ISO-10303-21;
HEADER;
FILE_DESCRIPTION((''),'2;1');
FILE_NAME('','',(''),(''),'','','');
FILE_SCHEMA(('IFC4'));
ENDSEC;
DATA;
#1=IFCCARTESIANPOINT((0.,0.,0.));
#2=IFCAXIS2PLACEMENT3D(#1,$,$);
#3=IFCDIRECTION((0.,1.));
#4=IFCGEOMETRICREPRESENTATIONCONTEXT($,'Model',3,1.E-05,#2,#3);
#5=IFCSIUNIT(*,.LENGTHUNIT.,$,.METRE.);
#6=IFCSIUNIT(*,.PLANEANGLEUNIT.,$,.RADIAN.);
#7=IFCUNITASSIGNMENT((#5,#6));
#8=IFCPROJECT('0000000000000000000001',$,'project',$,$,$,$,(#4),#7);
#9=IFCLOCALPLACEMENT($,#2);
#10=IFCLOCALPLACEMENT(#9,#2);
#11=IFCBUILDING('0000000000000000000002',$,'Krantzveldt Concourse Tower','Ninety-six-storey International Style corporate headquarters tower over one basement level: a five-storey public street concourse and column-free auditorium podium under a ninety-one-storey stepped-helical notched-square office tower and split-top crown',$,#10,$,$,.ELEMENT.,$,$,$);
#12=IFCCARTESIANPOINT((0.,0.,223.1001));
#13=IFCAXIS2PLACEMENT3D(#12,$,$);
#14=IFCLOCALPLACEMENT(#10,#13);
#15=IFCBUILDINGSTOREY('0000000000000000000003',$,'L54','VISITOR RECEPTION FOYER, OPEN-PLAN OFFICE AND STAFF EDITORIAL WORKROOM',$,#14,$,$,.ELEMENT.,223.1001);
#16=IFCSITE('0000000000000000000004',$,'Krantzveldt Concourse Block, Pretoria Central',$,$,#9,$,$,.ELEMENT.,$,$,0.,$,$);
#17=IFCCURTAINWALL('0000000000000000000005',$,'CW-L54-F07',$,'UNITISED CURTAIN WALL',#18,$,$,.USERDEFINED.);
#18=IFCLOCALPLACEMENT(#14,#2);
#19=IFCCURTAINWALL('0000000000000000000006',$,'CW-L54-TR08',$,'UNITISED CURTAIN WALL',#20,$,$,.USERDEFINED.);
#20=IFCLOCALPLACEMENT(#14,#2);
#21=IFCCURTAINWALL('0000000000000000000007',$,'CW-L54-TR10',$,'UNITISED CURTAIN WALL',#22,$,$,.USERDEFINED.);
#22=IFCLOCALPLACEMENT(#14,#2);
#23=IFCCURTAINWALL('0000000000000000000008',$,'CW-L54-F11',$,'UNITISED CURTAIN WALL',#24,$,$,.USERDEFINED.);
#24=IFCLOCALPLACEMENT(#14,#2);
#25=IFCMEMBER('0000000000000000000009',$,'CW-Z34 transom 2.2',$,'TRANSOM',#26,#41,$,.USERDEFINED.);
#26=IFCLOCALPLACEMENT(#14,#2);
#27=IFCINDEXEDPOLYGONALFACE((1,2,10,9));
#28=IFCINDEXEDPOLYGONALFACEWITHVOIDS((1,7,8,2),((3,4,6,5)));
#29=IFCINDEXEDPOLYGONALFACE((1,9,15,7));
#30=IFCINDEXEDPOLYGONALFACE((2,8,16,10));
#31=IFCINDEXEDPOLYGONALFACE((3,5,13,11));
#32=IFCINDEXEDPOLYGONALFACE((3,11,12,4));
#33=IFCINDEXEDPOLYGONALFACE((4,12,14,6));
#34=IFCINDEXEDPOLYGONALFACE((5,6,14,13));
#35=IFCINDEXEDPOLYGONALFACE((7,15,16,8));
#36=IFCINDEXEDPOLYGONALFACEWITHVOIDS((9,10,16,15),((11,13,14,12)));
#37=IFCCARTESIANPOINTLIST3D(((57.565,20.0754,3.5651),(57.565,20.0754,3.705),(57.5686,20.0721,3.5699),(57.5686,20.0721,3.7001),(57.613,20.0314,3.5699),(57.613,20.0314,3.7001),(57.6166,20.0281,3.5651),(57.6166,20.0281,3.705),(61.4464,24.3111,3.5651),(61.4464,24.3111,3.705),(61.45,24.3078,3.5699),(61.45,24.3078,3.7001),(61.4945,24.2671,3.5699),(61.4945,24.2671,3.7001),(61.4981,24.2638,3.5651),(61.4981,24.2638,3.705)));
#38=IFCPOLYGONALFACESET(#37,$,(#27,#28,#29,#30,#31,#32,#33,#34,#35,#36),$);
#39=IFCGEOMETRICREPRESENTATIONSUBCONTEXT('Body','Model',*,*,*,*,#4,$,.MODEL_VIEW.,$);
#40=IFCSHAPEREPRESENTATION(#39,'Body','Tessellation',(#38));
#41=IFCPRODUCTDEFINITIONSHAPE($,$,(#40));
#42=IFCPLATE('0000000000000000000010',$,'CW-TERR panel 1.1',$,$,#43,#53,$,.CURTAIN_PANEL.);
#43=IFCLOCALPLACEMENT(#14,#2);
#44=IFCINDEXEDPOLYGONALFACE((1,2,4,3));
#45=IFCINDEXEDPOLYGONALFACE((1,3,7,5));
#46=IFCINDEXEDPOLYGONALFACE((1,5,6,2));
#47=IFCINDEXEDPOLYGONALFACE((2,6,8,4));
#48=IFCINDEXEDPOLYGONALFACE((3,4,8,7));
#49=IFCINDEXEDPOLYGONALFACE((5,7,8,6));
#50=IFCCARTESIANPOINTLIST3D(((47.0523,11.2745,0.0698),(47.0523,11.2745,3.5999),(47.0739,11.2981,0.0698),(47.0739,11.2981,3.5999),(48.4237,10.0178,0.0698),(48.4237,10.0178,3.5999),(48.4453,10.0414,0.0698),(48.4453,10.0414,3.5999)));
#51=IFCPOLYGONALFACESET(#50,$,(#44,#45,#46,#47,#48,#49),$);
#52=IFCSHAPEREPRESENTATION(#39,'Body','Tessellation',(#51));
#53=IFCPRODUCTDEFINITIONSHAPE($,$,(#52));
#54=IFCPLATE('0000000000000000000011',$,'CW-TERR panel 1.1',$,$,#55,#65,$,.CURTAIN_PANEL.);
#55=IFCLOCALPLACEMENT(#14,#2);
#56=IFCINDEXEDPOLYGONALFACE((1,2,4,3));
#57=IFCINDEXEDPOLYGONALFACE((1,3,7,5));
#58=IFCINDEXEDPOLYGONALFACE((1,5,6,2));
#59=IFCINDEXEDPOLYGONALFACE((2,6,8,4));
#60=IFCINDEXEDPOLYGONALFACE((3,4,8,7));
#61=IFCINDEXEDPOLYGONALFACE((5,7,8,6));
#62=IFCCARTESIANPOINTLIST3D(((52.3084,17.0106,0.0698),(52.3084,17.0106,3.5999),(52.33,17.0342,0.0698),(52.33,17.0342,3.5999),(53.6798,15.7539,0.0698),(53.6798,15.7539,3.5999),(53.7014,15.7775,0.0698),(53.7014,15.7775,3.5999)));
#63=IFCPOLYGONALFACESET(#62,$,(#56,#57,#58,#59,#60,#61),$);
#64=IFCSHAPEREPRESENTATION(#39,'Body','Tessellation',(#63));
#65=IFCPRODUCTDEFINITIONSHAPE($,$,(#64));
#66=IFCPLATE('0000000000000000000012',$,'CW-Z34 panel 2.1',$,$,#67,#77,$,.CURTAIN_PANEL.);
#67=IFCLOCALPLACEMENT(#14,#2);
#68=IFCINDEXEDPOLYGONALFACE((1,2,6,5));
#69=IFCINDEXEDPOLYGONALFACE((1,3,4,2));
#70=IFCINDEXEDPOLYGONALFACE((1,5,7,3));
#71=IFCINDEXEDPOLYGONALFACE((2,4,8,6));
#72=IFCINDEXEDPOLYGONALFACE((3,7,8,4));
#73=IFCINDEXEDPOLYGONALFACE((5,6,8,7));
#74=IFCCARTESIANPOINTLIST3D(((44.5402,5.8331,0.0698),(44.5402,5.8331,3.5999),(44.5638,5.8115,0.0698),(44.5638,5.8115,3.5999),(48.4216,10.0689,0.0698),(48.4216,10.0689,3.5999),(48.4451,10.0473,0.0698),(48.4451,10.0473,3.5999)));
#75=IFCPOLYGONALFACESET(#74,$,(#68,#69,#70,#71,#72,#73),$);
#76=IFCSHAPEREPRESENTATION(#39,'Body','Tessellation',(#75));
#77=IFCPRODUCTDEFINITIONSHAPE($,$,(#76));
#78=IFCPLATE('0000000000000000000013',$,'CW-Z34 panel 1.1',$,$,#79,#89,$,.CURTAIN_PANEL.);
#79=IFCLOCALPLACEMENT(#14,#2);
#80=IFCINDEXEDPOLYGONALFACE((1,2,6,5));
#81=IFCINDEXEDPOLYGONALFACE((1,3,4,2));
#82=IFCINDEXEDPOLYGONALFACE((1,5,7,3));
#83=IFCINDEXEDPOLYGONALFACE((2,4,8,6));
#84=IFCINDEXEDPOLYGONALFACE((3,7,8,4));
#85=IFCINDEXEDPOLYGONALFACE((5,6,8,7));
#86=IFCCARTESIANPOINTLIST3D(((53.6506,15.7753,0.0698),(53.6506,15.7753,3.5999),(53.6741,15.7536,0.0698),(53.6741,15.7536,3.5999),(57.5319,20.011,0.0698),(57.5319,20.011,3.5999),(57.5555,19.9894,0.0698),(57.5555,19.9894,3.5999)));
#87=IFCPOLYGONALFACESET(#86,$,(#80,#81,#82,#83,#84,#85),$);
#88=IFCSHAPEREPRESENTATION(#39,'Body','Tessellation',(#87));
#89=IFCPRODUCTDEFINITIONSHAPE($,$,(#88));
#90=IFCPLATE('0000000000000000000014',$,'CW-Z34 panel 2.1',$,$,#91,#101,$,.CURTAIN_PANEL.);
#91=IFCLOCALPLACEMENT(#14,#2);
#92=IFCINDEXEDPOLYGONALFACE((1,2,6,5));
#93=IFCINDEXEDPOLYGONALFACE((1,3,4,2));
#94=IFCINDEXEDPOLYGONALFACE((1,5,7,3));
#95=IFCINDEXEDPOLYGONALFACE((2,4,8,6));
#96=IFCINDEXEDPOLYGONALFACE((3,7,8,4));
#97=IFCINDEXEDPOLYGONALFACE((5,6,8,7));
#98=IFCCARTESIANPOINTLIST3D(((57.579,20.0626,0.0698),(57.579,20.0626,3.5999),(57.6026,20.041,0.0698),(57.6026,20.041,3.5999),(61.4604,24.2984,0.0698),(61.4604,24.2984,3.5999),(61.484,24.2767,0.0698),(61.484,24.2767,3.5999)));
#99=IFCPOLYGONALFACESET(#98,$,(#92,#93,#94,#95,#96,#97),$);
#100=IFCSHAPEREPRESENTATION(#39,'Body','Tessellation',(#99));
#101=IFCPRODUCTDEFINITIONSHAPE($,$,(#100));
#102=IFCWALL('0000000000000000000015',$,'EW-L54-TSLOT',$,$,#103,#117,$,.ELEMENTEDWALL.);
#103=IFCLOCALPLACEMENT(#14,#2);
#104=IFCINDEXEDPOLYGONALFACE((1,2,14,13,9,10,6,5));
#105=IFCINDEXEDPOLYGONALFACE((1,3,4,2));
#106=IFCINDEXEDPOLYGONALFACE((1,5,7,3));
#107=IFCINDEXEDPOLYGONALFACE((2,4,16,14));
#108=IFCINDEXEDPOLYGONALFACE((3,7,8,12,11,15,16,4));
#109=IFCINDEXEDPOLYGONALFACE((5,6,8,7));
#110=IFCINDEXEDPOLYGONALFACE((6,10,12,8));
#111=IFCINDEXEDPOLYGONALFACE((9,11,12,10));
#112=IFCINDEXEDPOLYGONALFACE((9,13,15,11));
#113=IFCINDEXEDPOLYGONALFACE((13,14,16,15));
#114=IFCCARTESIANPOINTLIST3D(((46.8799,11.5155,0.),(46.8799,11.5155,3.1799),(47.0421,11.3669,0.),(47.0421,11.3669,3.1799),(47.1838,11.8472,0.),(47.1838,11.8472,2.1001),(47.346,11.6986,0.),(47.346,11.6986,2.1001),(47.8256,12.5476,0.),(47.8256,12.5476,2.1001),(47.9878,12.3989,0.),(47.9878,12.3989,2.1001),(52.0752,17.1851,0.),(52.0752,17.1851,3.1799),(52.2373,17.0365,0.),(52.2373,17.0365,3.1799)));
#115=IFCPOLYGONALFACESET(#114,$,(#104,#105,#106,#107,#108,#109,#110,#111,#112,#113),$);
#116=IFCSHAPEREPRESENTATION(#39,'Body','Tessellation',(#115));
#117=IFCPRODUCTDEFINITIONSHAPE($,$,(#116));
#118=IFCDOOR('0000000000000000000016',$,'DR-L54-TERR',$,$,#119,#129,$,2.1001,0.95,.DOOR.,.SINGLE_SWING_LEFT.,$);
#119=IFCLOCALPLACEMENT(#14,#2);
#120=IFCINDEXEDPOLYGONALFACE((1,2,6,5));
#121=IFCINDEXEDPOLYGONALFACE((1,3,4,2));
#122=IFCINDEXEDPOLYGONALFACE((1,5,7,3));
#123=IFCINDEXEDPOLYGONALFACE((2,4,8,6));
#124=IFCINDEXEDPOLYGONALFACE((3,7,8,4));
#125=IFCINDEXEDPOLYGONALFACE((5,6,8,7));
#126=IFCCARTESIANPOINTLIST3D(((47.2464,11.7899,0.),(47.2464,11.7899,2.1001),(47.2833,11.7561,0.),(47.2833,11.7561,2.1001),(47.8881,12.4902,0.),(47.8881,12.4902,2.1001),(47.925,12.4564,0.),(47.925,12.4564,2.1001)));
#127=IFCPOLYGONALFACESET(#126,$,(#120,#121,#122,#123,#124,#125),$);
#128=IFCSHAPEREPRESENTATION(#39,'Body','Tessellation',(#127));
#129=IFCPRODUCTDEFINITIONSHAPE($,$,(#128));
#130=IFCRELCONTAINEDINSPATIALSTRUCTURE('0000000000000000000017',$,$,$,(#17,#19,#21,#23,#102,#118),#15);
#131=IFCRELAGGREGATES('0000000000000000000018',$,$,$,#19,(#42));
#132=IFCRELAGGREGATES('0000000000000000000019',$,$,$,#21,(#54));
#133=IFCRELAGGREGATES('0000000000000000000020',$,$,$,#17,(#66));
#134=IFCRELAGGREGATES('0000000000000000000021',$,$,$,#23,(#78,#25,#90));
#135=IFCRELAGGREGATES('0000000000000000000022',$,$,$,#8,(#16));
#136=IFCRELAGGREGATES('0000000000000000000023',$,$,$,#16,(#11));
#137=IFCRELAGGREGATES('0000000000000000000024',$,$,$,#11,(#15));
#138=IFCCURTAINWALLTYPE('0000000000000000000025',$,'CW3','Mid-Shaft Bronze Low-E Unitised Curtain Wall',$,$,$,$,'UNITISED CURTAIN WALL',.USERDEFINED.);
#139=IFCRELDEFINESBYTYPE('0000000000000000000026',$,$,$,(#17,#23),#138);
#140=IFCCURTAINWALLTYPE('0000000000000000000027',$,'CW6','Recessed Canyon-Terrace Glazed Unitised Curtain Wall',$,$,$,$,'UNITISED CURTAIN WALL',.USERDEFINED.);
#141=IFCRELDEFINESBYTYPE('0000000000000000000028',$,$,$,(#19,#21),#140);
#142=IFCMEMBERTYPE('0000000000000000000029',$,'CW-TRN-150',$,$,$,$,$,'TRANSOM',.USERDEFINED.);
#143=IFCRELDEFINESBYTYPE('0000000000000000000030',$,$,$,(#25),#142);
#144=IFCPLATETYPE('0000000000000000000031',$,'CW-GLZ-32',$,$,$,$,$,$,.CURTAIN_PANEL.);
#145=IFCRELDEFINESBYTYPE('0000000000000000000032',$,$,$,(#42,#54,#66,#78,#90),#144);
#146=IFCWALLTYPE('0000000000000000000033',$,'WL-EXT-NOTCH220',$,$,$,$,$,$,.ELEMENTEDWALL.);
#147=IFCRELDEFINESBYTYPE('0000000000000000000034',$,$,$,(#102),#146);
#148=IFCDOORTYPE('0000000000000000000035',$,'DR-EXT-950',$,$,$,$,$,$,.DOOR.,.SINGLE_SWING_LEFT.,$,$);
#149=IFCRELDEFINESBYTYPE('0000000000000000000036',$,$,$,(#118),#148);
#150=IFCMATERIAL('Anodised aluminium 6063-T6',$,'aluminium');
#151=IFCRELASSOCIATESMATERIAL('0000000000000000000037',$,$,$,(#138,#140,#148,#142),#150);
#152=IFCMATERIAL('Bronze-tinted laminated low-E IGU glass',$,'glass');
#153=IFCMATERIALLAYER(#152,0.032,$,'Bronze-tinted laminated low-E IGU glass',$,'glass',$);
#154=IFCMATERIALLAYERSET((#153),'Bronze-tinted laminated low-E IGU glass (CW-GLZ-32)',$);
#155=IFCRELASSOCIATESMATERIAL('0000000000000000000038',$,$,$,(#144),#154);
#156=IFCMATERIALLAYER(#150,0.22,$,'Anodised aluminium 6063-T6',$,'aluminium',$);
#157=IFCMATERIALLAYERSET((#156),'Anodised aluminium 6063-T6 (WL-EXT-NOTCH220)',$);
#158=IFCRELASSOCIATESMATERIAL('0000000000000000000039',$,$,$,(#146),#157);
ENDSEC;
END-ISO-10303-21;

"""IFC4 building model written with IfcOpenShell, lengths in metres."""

from ifc_helpers import new_model, si_unit, direction, frame, frame_2d, origin, origin_2d, place, context, subcontext, project, spatial, rectangle, hollow_rectangle, extrude, source, transform, mapped, material, layer, layer_set, material_profile, profile_set, type_object, type_shapes, element, fill, aggregate, save


model = new_model("IFC4")

# Units and contexts
model_context = context("Model", 3, precision=1e-05, world=origin(), true_north=direction((0.0, 1.0)))
body_context = subcontext(model_context, "Body", "Model", "MODEL_VIEW")
ifc_project = project(units=[si_unit("LENGTHUNIT", "METRE"), si_unit("PLANEANGLEUNIT", "RADIAN")], contexts=[model_context])

# Site, building, storey
site_placement = place(None, origin())
site = spatial("IfcSite", under=ifc_project, at=site_placement, Name="Krantzveldt Concourse Block, Pretoria Central", CompositionType="ELEMENT", RefElevation=0.0)
building_placement = place(site_placement, origin())
building = spatial("IfcBuilding", under=site, at=building_placement, Name="Krantzveldt Concourse Tower", Description="Ninety-six-storey International Style corporate headquarters tower over one basement level: a five-storey public street concourse and column-free auditorium podium under a ninety-one-storey stepped-helical notched-square office tower and split-top crown", CompositionType="ELEMENT")
storey_placement = place(building_placement, frame((0.0, 0.0, 223.1001)))
storey = spatial("IfcBuildingStorey", under=building, at=storey_placement, Name="L54", Description="VISITOR RECEPTION FOYER, OPEN-PLAN OFFICE AND STAFF EDITORIAL WORKROOM", CompositionType="ELEMENT", Elevation=223.1001)

# Curtain wall
ifc_material_1 = material(Name="Anodised aluminium 6063-T6", Category="aluminium")
curtain_wall_type_1 = type_object("IfcCurtainWallType", Name="CW3", Description="Mid-Shaft Bronze Low-E Unitised Curtain Wall", ElementType="UNITISED CURTAIN WALL", PredefinedType="USERDEFINED", material=ifc_material_1)
curtain_wall_1_placement = place(storey_placement, origin())
curtain_wall_1 = element("IfcCurtainWall", 1, at=curtain_wall_1_placement, inside=storey, type_object=curtain_wall_type_1, Name="CW-L54-F07", ObjectType="UNITISED CURTAIN WALL", PredefinedType="USERDEFINED")

# Curtain walls
curtain_wall_type_2 = type_object("IfcCurtainWallType", Name="CW6", Description="Recessed Canyon-Terrace Glazed Unitised Curtain Wall", ElementType="UNITISED CURTAIN WALL", PredefinedType="USERDEFINED", material=ifc_material_1)
curtain_wall_2_placement = place(storey_placement, origin())
curtain_wall_2 = element("IfcCurtainWall", 2, at=curtain_wall_2_placement, inside=storey, type_object=curtain_wall_type_2, Name="CW-L54-TR08", ObjectType="UNITISED CURTAIN WALL", PredefinedType="USERDEFINED")
curtain_wall_3_placement = place(storey_placement, origin())
curtain_wall_3 = element("IfcCurtainWall", 3, at=curtain_wall_3_placement, inside=storey, type_object=curtain_wall_type_2, Name="CW-L54-TR10", ObjectType="UNITISED CURTAIN WALL", PredefinedType="USERDEFINED")
curtain_wall_4_placement = place(storey_placement, origin())
curtain_wall_4 = element("IfcCurtainWall", 4, at=curtain_wall_4_placement, inside=storey, type_object=curtain_wall_type_1, Name="CW-L54-F11", ObjectType="UNITISED CURTAIN WALL", PredefinedType="USERDEFINED")

# Member
ifc_material_profile_1 = material_profile(ifc_material_1, hollow_rectangle(XDim=0.0701, YDim=0.1399, WallThickness=0.0049, at=origin_2d()), Name="Anodised aluminium 6063-T6", Category="aluminium")
ifc_profile_set_1 = profile_set([ifc_material_profile_1], Name="Anodised aluminium 6063-T6 - ALU-TRAN 140x70x5")
member_type_1 = type_object("IfcMemberType", Name="CW-TRN-150", ElementType="TRANSOM", PredefinedType="USERDEFINED", material=ifc_profile_set_1)
shared_shape_1 = source(origin(), body_context, "Body", "SweptSolid", [
    extrude(hollow_rectangle(XDim=0.0701, YDim=0.1399, WallThickness=0.0049, at=origin_2d()), origin(), (0.0, 0.0, 1.0), 5.7451),
])
member_1_placement = place(storey_placement, frame((57.5908, 20.0518, 3.635), z_axis=(0.675603, 0.737265, 0.0), x_axis=(-0.737265, 0.675603, 0.0)))
member_1 = element("IfcMember", 5, at=member_1_placement, type_object=member_type_1, Name="CW-Z34 transom 2.2", ObjectType="TRANSOM", PredefinedType="USERDEFINED", context=body_context, shape_type="MappedRepresentation", body=[
    mapped(shared_shape_1, transform((0.0, 0.0, 0.0), x_axis=(1.0, 0.0, 0.0), y_axis=(0.0, 1.0, 0.0), z_axis=(0.0, 0.0, 1.0), scale=1.0)),
])

# Plates
ifc_material_2 = material(Name="Bronze-tinted laminated low-E IGU glass", Category="glass")
ifc_layer_1 = layer(ifc_material_2, 0.032, Name="Bronze-tinted laminated low-E IGU glass", Category="glass")
ifc_layer_set_1 = layer_set([ifc_layer_1], Name="Bronze-tinted laminated low-E IGU glass (CW-GLZ-32)")
plate_type = type_object("IfcPlateType", Name="CW-GLZ-32", PredefinedType="CURTAIN_PANEL", material=ifc_layer_set_1)
shared_shape_2 = source(origin(), body_context, "Body", "SweptSolid", [
    extrude(rectangle(XDim=1.8601, YDim=0.032, at=origin_2d()), origin(), (0.0, 0.0, 1.0), 3.53),
])
plate_1_placement = place(storey_placement, frame((47.7488, 10.658, 0.0698), z_axis=(0.0, 0.0, 1.0), x_axis=(-0.737276, 0.675591, 0.0)))
plate_1 = element("IfcPlate", 6, at=plate_1_placement, type_object=plate_type, Name="CW-TERR panel 1.1", PredefinedType="CURTAIN_PANEL", context=body_context, shape_type="MappedRepresentation", body=[
    mapped(shared_shape_2, transform((0.0, 0.0, 0.0), x_axis=(1.0, 0.0, 0.0), y_axis=(0.0, 1.0, 0.0), z_axis=(0.0, 0.0, 1.0), scale=1.0)),
])
aggregate(curtain_wall_2, [plate_1])
plate_2_placement = place(storey_placement, frame((53.0049, 16.394, 0.0698), z_axis=(0.0, 0.0, 1.0), x_axis=(0.737276, -0.675591, 0.0)))
plate_2 = element("IfcPlate", 7, at=plate_2_placement, type_object=plate_type, Name="CW-TERR panel 1.1", PredefinedType="CURTAIN_PANEL", context=body_context, shape_type="MappedRepresentation", body=[
    mapped(shared_shape_2, transform((0.0, 0.0, 0.0), x_axis=(1.0, 0.0, 0.0), y_axis=(0.0, 1.0, 0.0), z_axis=(0.0, 0.0, 1.0), scale=1.0)),
])
aggregate(curtain_wall_3, [plate_2])
shared_shape_3 = source(origin(), body_context, "Body", "SweptSolid", [
    extrude(rectangle(XDim=5.7451, YDim=0.032, at=origin_2d()), origin(), (0.0, 0.0, 1.0), 3.53),
])
type_shapes(plate_type, [shared_shape_2, shared_shape_3])
plate_3_placement = place(storey_placement, frame((46.4927, 7.9402, 0.0698), z_axis=(0.0, 0.0, 1.0), x_axis=(0.67559, 0.737278, 0.0)))
plate_3 = element("IfcPlate", 8, at=plate_3_placement, type_object=plate_type, Name="CW-Z34 panel 2.1", PredefinedType="CURTAIN_PANEL", context=body_context, shape_type="MappedRepresentation", body=[
    mapped(shared_shape_3, transform((0.0, 0.0, 0.0), x_axis=(1.0, 0.0, 0.0), y_axis=(0.0, 1.0, 0.0), z_axis=(0.0, 0.0, 1.0), scale=1.0)),
])
aggregate(curtain_wall_1, [plate_3])
plate_4_placement = place(storey_placement, frame((55.603, 17.8823, 0.0698), z_axis=(0.0, 0.0, 1.0), x_axis=(0.67559, 0.737278, 0.0)))
plate_4 = element("IfcPlate", 9, at=plate_4_placement, type_object=plate_type, Name="CW-Z34 panel 1.1", PredefinedType="CURTAIN_PANEL", context=body_context, shape_type="MappedRepresentation", body=[
    mapped(shared_shape_3, transform((0.0, 0.0, 0.0), x_axis=(1.0, 0.0, 0.0), y_axis=(0.0, 1.0, 0.0), z_axis=(0.0, 0.0, 1.0), scale=1.0)),
])
plate_5_placement = place(storey_placement, frame((59.5315, 22.1697, 0.0698), z_axis=(0.0, 0.0, 1.0), x_axis=(0.67559, 0.737278, 0.0)))
plate_5 = element("IfcPlate", 10, at=plate_5_placement, type_object=plate_type, Name="CW-Z34 panel 2.1", PredefinedType="CURTAIN_PANEL", context=body_context, shape_type="MappedRepresentation", body=[
    mapped(shared_shape_3, transform((0.0, 0.0, 0.0), x_axis=(1.0, 0.0, 0.0), y_axis=(0.0, 1.0, 0.0), z_axis=(0.0, 0.0, 1.0), scale=1.0)),
])
aggregate(curtain_wall_4, [plate_4, member_1, plate_5])

# Wall, opening, door
ifc_layer_2 = layer(ifc_material_1, 0.22, Name="Anodised aluminium 6063-T6", Category="aluminium")
ifc_layer_set_2 = layer_set([ifc_layer_2], Name="Anodised aluminium 6063-T6 (WL-EXT-NOTCH220)")
wall_type = type_object("IfcWallType", Name="WL-EXT-NOTCH220", PredefinedType="ELEMENTEDWALL", material=ifc_layer_set_2)
wall_placement = place(storey_placement, frame((52.1562, 17.1108, 0.0), z_axis=(0.0, 0.0, 1.0), x_axis=(-0.675591, -0.737277, 0.0)))
wall = element("IfcWall", 11, at=wall_placement, inside=storey, type_object=wall_type, Name="EW-L54-TSLOT", PredefinedType="ELEMENTEDWALL", context=body_context, shape_type="SweptSolid", body=[
    extrude(rectangle(XDim=7.6899, YDim=0.22, at=frame_2d((3.845, 0.0))), origin(), (0.0, 0.0, 1.0), 3.1799),
])
opening_placement = place(wall_placement, frame((6.29, 0.0, 0.0)))
opening = element("IfcOpeningElement", 12, at=opening_placement, cuts=wall, PredefinedType="OPENING", context=body_context, shape_type="SweptSolid", body=[
    extrude(rectangle(XDim=0.95, YDim=2.1001, at=frame_2d((0.4751, 1.05))), frame((0.0, 0.1201, 0.0), z_axis=(0.0, -1.0, 0.0), x_axis=(1.0, 0.0, 0.0)), (0.0, 0.0, 1.0), 0.24),
])
door_type = type_object("IfcDoorType", Name="DR-EXT-950", OperationType="SINGLE_SWING_LEFT", PredefinedType="DOOR", material=ifc_material_1)
door_placement = place(opening_placement, origin())
door = element("IfcDoor", 13, at=door_placement, inside=storey, type_object=door_type, Name="DR-L54-TERR", OperationType="SINGLE_SWING_LEFT", OverallHeight=2.1001, OverallWidth=0.95, PredefinedType="DOOR", context=body_context, shape_type="SweptSolid", body=[
    extrude(rectangle(XDim=0.95, YDim=2.1001, at=frame_2d((0.4751, 1.05))), frame((0.0, 0.0249, 0.0), z_axis=(0.0, -1.0, 0.0), x_axis=(1.0, 0.0, 0.0)), (0.0, 0.0, 1.0), 0.05),
])
fill(opening, door)

save(model, "model.ifc")
